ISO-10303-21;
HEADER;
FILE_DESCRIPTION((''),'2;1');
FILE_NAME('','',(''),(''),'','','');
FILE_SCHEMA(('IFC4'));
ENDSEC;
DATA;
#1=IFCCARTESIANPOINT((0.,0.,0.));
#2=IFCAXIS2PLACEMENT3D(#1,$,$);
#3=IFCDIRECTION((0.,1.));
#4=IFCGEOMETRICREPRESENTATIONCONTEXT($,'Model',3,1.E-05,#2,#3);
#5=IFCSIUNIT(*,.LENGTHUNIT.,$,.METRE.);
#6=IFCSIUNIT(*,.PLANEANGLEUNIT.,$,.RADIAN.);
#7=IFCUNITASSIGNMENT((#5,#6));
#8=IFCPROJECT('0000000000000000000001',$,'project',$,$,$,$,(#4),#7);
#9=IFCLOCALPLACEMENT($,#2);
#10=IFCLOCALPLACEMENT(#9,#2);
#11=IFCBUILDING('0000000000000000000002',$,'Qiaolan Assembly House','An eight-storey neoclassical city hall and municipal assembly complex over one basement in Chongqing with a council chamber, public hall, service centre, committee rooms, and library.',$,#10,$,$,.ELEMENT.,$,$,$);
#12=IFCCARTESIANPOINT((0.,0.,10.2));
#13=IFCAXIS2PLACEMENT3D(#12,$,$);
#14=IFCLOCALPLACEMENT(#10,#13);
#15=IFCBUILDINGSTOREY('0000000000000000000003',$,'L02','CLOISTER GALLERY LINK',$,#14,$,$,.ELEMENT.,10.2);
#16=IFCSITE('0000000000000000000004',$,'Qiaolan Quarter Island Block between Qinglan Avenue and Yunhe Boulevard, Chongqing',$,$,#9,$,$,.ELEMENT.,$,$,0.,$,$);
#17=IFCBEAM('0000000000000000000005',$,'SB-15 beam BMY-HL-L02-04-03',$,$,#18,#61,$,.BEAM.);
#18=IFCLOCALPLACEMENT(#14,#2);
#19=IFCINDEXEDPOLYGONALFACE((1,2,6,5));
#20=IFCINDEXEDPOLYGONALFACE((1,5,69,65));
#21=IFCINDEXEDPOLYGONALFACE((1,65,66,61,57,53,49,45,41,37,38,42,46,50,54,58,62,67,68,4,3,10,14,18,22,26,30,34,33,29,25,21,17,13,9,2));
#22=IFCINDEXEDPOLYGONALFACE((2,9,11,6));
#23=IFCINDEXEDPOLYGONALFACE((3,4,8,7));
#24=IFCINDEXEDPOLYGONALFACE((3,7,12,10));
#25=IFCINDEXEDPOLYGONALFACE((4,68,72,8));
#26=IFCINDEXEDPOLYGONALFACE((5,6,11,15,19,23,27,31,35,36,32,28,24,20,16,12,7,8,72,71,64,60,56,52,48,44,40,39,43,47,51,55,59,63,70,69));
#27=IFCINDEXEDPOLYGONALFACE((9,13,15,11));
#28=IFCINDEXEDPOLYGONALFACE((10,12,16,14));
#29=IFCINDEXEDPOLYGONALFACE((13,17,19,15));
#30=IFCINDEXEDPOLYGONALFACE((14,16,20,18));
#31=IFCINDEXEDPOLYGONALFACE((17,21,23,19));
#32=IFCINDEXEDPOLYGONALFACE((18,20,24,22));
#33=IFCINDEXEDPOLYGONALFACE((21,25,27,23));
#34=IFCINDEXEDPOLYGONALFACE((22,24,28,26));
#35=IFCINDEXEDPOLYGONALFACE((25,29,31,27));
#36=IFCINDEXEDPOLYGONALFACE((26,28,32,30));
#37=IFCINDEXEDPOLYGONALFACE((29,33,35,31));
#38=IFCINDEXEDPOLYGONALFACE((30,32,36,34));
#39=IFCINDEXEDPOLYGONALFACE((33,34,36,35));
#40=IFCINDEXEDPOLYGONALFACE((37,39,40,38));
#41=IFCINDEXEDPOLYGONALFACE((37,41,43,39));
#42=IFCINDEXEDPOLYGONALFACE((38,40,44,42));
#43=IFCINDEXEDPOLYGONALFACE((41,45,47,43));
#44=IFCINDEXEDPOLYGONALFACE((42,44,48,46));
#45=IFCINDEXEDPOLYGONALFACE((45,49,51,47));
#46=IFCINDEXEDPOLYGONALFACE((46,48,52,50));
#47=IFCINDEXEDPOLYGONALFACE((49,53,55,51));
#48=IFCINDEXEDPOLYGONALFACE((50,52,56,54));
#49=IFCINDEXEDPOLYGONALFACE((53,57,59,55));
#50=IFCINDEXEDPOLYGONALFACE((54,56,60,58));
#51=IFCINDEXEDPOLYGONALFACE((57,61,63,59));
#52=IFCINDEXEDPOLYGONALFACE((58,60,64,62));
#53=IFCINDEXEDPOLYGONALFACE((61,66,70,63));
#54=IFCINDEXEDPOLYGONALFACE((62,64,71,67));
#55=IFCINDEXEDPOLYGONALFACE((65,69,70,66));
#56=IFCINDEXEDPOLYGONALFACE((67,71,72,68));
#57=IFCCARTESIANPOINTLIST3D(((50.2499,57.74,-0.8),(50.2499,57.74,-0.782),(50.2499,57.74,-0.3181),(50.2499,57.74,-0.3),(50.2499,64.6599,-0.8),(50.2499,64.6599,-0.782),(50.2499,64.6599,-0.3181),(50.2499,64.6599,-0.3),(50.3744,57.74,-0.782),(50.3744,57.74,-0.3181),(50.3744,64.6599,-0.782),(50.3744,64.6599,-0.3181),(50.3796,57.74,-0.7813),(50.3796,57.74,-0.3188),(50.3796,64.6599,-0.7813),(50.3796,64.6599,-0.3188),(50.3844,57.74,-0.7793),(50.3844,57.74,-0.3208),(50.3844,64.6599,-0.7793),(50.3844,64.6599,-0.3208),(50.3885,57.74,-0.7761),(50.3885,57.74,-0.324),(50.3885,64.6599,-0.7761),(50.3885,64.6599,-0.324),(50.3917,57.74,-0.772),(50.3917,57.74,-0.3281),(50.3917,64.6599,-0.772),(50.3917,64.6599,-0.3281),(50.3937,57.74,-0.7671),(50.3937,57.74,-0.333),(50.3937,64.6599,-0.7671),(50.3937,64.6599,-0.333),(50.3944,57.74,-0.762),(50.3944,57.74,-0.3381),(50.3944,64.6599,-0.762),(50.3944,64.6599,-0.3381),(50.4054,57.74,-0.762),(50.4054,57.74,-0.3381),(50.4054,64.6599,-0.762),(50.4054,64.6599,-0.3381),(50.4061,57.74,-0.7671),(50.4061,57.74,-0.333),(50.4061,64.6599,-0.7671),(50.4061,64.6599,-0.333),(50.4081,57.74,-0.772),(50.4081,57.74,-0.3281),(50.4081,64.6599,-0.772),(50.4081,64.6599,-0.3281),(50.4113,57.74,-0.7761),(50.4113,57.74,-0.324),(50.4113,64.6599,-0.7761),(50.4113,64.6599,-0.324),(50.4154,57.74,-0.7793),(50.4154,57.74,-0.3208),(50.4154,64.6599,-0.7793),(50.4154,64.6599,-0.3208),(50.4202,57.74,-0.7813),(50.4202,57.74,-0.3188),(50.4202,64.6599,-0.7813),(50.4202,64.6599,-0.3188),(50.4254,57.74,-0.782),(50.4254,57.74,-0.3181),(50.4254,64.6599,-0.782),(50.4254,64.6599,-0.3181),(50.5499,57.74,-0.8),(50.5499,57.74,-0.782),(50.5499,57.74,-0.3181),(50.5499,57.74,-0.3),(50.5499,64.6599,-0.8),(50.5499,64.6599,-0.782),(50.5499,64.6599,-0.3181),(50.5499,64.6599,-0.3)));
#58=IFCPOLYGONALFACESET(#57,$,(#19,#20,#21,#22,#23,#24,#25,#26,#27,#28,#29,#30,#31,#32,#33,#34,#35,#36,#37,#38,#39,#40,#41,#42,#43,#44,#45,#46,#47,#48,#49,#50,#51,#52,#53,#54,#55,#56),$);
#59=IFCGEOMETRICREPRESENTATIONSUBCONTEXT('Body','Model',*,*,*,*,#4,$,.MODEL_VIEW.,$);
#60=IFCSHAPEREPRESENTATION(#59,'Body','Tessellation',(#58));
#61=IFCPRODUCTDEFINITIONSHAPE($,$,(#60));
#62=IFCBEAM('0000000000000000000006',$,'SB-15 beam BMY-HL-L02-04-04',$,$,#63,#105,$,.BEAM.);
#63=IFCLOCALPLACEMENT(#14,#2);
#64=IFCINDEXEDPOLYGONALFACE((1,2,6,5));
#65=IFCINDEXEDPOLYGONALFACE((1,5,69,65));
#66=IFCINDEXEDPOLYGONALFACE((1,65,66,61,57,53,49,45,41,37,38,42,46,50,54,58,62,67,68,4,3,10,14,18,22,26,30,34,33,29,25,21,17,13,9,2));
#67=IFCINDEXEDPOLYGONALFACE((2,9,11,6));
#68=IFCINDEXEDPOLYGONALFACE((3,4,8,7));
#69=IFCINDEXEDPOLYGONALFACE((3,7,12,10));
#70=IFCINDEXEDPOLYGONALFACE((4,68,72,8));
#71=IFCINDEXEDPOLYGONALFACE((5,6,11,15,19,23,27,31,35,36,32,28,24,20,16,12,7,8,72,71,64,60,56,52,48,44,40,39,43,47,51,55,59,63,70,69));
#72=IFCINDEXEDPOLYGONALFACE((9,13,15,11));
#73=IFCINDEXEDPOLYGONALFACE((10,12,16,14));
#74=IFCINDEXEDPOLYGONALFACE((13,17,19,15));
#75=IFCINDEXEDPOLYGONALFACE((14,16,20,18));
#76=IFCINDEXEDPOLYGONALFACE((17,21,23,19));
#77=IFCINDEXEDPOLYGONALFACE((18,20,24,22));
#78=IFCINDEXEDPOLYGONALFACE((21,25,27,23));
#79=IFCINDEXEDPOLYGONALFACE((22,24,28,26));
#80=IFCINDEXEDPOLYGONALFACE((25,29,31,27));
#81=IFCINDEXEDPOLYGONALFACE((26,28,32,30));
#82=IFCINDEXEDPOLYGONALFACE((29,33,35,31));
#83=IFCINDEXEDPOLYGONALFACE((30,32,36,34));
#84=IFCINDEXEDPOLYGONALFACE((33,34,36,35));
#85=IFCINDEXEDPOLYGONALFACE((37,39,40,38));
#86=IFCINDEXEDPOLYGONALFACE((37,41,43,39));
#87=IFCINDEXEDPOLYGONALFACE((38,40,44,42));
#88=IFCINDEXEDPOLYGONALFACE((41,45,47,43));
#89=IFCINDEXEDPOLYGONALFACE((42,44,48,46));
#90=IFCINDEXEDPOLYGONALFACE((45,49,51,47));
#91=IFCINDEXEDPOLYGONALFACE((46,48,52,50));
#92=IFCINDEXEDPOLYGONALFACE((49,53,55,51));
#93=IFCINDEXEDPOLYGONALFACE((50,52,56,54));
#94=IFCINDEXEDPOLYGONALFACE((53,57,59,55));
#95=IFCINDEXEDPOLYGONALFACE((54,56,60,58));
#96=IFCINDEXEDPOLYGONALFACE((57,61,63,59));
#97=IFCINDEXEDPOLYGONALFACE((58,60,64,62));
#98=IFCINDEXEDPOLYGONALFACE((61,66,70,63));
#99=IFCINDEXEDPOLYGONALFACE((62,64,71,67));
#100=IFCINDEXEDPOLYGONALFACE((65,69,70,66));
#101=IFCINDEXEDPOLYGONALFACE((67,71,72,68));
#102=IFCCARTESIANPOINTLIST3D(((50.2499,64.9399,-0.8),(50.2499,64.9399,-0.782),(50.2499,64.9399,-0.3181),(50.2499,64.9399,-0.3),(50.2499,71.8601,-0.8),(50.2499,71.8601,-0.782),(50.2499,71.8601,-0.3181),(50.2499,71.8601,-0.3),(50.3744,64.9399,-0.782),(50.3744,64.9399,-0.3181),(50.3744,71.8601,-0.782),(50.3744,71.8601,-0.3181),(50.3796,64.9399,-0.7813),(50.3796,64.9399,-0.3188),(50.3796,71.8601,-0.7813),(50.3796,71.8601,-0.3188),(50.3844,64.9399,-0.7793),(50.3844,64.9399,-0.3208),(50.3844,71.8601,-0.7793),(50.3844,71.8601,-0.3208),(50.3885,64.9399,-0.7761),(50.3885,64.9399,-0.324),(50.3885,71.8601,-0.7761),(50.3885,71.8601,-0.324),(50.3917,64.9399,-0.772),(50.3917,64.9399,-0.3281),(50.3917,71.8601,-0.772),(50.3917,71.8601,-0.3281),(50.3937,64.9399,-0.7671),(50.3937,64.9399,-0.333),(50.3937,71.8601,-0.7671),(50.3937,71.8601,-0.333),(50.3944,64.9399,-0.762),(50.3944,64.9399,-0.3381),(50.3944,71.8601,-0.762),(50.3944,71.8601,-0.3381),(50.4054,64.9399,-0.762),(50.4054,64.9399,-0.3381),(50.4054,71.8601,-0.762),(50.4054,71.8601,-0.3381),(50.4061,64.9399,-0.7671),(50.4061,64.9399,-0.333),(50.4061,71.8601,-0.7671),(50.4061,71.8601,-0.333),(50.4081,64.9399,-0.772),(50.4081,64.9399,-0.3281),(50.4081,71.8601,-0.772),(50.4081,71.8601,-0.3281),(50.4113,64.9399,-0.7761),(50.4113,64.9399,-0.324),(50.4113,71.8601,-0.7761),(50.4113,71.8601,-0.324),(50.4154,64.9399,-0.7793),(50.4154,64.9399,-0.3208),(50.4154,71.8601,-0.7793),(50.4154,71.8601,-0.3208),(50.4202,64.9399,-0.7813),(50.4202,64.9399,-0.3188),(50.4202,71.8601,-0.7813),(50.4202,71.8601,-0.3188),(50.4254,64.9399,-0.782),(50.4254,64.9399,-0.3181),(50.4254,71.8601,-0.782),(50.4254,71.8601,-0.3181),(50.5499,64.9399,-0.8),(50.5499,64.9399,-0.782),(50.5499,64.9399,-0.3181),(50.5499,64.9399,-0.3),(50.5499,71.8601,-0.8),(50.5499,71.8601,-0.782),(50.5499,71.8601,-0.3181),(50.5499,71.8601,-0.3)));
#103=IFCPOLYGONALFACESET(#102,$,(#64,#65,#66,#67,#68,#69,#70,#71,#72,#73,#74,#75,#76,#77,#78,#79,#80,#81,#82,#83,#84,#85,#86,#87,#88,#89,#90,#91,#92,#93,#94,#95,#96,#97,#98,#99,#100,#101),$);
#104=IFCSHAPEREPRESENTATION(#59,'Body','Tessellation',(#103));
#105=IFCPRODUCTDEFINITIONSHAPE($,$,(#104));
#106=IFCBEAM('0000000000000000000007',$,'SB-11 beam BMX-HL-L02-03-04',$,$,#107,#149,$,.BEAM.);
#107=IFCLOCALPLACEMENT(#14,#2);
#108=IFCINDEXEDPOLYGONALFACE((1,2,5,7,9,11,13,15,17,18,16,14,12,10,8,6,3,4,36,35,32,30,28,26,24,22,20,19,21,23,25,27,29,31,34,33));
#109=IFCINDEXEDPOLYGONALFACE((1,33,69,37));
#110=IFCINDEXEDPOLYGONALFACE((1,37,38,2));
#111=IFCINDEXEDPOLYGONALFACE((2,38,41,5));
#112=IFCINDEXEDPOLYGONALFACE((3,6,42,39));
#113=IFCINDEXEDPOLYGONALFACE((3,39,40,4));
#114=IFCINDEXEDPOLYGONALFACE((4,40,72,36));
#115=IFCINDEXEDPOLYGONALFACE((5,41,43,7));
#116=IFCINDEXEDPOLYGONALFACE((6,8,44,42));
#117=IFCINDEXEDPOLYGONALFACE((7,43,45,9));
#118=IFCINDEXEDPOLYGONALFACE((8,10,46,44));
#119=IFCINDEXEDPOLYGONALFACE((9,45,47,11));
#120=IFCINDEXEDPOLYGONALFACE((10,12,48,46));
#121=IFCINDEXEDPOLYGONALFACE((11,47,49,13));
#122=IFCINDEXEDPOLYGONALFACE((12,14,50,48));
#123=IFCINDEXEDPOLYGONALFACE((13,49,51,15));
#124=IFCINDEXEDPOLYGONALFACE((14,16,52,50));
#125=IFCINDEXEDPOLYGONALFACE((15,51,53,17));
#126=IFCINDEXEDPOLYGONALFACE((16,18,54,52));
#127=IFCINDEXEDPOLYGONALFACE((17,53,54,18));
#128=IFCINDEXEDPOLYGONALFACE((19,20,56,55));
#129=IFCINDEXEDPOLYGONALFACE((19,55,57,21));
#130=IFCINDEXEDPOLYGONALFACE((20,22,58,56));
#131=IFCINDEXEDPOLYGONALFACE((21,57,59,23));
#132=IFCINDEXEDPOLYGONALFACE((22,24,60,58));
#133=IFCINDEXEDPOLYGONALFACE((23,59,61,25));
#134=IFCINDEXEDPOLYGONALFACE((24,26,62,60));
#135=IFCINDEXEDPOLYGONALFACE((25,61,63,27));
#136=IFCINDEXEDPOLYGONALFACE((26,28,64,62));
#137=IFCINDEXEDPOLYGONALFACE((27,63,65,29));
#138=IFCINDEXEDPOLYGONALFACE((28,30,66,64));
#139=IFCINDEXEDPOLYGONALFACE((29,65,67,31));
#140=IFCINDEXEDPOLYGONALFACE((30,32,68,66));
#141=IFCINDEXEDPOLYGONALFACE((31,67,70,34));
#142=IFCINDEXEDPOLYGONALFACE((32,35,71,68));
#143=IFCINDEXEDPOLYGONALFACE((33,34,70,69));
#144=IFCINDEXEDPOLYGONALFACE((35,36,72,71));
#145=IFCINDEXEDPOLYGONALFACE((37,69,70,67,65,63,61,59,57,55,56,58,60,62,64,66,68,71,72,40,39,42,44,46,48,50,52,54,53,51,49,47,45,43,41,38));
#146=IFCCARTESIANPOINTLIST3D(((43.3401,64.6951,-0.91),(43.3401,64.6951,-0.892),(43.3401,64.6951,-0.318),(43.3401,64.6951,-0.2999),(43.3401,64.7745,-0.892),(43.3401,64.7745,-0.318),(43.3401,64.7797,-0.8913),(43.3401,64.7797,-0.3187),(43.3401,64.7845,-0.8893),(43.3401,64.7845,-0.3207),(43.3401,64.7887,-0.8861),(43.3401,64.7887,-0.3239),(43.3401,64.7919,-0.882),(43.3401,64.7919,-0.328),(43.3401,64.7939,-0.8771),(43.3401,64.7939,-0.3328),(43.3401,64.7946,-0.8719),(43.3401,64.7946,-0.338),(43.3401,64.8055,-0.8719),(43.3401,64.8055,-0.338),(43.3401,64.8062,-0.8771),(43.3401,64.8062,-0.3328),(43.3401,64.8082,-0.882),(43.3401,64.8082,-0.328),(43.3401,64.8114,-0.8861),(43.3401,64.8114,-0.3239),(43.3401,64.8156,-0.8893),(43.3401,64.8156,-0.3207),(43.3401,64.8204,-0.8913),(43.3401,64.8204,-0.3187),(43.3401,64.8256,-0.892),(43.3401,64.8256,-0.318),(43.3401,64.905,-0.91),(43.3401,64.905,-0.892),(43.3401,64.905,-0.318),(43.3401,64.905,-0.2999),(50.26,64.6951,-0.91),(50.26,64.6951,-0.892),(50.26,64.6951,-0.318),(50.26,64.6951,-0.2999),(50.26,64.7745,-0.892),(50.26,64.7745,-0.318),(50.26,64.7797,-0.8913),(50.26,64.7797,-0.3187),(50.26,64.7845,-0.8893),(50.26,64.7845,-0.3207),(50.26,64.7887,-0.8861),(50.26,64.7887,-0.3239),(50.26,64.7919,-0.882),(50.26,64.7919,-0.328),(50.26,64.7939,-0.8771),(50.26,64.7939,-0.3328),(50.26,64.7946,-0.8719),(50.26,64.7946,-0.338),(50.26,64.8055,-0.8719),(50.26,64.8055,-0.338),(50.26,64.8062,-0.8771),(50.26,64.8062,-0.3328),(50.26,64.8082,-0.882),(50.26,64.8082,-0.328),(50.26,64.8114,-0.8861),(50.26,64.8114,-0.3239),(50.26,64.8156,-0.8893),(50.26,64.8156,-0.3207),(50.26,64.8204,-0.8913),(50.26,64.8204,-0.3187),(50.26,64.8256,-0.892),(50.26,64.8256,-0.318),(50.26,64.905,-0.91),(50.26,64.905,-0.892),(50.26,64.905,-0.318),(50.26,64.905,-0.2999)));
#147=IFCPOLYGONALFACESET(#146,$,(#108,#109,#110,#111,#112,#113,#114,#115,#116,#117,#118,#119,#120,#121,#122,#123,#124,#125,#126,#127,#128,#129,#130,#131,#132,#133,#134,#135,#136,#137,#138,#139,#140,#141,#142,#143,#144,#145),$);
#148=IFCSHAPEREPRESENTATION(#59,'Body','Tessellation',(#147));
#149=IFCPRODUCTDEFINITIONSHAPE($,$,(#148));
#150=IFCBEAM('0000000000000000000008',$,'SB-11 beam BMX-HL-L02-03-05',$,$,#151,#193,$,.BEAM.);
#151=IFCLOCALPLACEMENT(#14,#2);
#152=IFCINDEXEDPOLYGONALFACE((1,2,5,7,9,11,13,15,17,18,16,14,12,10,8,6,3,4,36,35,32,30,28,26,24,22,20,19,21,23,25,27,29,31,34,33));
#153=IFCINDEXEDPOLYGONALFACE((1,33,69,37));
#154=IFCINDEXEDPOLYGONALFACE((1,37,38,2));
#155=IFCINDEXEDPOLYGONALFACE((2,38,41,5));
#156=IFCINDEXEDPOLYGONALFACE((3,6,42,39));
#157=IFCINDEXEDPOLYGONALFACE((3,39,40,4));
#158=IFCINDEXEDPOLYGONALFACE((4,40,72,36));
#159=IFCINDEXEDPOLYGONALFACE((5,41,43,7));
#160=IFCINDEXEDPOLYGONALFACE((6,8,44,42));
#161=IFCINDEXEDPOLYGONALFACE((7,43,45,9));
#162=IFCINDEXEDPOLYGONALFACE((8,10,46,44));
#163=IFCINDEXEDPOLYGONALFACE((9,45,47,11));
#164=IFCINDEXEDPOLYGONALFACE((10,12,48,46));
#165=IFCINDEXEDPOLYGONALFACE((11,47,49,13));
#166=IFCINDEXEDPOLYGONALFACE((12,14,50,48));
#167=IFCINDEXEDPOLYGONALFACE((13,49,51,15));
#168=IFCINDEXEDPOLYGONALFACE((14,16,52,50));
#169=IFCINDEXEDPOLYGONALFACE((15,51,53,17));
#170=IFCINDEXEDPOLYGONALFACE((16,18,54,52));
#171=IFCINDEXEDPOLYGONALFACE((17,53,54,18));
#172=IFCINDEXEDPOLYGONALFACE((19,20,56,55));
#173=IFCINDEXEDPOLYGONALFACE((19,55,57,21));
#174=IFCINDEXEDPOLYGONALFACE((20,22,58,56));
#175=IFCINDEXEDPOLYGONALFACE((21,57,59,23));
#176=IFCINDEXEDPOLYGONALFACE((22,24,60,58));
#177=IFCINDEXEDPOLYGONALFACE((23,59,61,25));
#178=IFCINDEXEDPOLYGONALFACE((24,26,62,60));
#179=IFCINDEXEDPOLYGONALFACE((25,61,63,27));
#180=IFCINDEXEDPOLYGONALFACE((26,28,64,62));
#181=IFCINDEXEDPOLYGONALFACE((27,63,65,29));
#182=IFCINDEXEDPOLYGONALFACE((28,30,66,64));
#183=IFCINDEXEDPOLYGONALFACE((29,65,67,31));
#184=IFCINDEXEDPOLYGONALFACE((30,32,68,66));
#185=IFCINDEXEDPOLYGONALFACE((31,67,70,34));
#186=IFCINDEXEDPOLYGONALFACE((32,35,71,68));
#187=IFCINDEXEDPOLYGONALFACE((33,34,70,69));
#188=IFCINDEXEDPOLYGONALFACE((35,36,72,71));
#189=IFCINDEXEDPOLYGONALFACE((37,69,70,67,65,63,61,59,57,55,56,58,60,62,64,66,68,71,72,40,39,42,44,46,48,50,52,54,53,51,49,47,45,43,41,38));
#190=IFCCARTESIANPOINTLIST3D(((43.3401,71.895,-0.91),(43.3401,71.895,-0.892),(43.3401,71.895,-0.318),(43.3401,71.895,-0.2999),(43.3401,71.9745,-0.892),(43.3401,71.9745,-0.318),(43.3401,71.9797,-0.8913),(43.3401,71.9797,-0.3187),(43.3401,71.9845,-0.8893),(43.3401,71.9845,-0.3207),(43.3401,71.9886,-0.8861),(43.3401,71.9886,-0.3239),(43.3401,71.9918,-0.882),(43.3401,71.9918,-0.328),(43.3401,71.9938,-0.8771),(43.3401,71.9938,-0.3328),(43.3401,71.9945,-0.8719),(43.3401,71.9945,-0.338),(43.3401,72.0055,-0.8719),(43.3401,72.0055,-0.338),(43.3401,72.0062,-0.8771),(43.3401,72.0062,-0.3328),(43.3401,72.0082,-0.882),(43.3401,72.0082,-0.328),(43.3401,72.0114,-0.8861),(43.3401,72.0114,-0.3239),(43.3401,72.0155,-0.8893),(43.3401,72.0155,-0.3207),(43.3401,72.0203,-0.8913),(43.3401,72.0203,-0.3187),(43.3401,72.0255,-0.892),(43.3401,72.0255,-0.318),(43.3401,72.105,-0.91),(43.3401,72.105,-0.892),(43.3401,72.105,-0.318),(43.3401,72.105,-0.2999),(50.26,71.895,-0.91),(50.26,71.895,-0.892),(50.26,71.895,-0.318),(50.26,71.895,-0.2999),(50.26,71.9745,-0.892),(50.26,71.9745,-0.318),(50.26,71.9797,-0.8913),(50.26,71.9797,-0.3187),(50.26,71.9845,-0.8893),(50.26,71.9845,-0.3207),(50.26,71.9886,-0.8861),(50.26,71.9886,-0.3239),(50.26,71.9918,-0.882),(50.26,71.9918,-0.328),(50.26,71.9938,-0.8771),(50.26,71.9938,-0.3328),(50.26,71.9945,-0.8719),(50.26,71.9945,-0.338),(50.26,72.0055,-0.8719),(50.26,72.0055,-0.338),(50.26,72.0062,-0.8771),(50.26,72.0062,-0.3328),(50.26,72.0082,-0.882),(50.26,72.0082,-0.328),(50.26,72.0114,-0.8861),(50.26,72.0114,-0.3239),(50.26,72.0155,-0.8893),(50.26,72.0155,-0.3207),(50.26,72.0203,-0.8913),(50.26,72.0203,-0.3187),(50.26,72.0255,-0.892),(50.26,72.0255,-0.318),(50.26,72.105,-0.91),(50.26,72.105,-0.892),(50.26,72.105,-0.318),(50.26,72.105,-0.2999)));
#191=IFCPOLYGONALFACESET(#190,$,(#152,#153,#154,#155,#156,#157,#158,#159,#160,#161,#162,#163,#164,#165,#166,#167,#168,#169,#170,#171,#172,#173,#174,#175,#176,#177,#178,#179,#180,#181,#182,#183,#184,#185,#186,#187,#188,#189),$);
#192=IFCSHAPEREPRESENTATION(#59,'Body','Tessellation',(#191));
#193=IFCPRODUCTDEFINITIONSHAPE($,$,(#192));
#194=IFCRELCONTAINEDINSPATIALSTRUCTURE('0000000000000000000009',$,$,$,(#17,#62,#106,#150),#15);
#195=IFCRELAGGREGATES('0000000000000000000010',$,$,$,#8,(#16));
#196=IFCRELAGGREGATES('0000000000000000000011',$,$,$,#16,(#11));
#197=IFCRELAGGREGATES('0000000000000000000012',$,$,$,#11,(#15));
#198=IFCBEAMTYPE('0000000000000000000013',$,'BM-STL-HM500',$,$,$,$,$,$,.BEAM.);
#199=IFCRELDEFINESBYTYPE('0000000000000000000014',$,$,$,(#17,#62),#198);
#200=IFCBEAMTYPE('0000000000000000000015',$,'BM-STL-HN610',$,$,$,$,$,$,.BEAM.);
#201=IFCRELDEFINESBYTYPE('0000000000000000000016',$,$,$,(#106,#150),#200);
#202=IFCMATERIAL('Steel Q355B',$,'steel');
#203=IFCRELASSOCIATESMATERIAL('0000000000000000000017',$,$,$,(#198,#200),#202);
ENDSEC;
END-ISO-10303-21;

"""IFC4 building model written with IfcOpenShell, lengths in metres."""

from ifc_helpers import new_model, si_unit, direction, frame, origin, origin_2d, place, context, subcontext, project, spatial, i_section, extrude, material, material_profile, profile_set, type_object, element, save


model = new_model("IFC4")

# Units and contexts
model_context = context("Model", 3, precision=1e-05, world=origin(), true_north=direction((0.0, 1.0)))
body_context = subcontext(model_context, "Body", "Model", "MODEL_VIEW")
ifc_project = project(units=[si_unit("LENGTHUNIT", "METRE"), si_unit("PLANEANGLEUNIT", "RADIAN")], contexts=[model_context])

# Site, building, storey
site_placement = place(None, origin())
site = spatial("IfcSite", under=ifc_project, at=site_placement, Name="Qiaolan Quarter Island Block between Qinglan Avenue and Yunhe Boulevard, Chongqing", CompositionType="ELEMENT", RefElevation=0.0)
building_placement = place(site_placement, origin())
building = spatial("IfcBuilding", under=site, at=building_placement, Name="Qiaolan Assembly House", Description="An eight-storey neoclassical city hall and municipal assembly complex over one basement in Chongqing with a council chamber, public hall, service centre, committee rooms, and library.", CompositionType="ELEMENT")
storey_placement = place(building_placement, frame((0.0, 0.0, 10.2)))
storey = spatial("IfcBuildingStorey", under=building, at=storey_placement, Name="L02", Description="CLOISTER GALLERY LINK", CompositionType="ELEMENT", Elevation=10.2)

# Shared definitions
ifc_material_1 = material(Name="Steel Q355B", Category="steel")

# Beams
ifc_material_profile_1 = material_profile(ifc_material_1, i_section(OverallWidth=0.3, OverallDepth=0.5, WebThickness=0.011, FlangeThickness=0.0181, FilletRadius=0.02, at=origin_2d()), Name="HM 500x300x11x18")
ifc_profile_set_1 = profile_set([ifc_material_profile_1], Name="Steel Q355B")
beam_type_1 = type_object("IfcBeamType", Name="BM-STL-HM500", PredefinedType="BEAM", material=ifc_profile_set_1)
beam_1_placement = place(storey_placement, frame((50.3999, 57.74, -0.55), z_axis=(0.0, 1.0, 0.0), x_axis=(-1.0, 0.0, 0.0)))
element("IfcBeam", 1, at=beam_1_placement, inside=storey, type_object=beam_type_1, Name="SB-15 beam BMY-HL-L02-04-03", PredefinedType="BEAM", context=body_context, shape_type="SweptSolid", body=[
    extrude(i_section(OverallWidth=0.3, OverallDepth=0.5, WebThickness=0.011, FlangeThickness=0.0181, FilletRadius=0.02, at=origin_2d()), origin(), (0.0, 0.0, 1.0), 6.9199),
])
beam_2_placement = place(storey_placement, frame((50.3999, 64.9399, -0.55), z_axis=(0.0, 1.0, 0.0), x_axis=(-1.0, 0.0, 0.0)))
element("IfcBeam", 2, at=beam_2_placement, inside=storey, type_object=beam_type_1, Name="SB-15 beam BMY-HL-L02-04-04", PredefinedType="BEAM", context=body_context, shape_type="SweptSolid", body=[
    extrude(i_section(OverallWidth=0.3, OverallDepth=0.5, WebThickness=0.011, FlangeThickness=0.0181, FilletRadius=0.02, at=origin_2d()), origin(), (0.0, 0.0, 1.0), 6.9202),
])
ifc_material_profile_2 = material_profile(ifc_material_1, i_section(OverallWidth=0.21, OverallDepth=0.6101, WebThickness=0.011, FlangeThickness=0.0181, FilletRadius=0.02, at=origin_2d()), Name="HN 610x210x11x18")
ifc_profile_set_2 = profile_set([ifc_material_profile_2], Name="Steel Q355B")
beam_type_2 = type_object("IfcBeamType", Name="BM-STL-HN610", PredefinedType="BEAM", material=ifc_profile_set_2)
for number, where, z_axis, x_axis, name in (
    (3, (43.3401, 64.8, -0.605), (1.0, 0.0, 0.0), (0.0, 1.0, 0.0), "SB-11 beam BMX-HL-L02-03-04"),
    (4, (43.3401, 72.0, -0.605), (1.0, 0.0, 0.0), (0.0, 1.0, 0.0), "SB-11 beam BMX-HL-L02-03-05"),
):
    element("IfcBeam", number, at=place(storey_placement, frame(where, z_axis=z_axis, x_axis=x_axis)), inside=storey, type_object=beam_type_2, Name=name, PredefinedType="BEAM", context=body_context, shape_type="SweptSolid", body=[
        extrude(i_section(OverallWidth=0.21, OverallDepth=0.6101, WebThickness=0.011, FlangeThickness=0.0181, FilletRadius=0.02, at=origin_2d()), origin(), (0.0, 0.0, 1.0), 6.9199),
    ])

save(model, "model.ifc")
